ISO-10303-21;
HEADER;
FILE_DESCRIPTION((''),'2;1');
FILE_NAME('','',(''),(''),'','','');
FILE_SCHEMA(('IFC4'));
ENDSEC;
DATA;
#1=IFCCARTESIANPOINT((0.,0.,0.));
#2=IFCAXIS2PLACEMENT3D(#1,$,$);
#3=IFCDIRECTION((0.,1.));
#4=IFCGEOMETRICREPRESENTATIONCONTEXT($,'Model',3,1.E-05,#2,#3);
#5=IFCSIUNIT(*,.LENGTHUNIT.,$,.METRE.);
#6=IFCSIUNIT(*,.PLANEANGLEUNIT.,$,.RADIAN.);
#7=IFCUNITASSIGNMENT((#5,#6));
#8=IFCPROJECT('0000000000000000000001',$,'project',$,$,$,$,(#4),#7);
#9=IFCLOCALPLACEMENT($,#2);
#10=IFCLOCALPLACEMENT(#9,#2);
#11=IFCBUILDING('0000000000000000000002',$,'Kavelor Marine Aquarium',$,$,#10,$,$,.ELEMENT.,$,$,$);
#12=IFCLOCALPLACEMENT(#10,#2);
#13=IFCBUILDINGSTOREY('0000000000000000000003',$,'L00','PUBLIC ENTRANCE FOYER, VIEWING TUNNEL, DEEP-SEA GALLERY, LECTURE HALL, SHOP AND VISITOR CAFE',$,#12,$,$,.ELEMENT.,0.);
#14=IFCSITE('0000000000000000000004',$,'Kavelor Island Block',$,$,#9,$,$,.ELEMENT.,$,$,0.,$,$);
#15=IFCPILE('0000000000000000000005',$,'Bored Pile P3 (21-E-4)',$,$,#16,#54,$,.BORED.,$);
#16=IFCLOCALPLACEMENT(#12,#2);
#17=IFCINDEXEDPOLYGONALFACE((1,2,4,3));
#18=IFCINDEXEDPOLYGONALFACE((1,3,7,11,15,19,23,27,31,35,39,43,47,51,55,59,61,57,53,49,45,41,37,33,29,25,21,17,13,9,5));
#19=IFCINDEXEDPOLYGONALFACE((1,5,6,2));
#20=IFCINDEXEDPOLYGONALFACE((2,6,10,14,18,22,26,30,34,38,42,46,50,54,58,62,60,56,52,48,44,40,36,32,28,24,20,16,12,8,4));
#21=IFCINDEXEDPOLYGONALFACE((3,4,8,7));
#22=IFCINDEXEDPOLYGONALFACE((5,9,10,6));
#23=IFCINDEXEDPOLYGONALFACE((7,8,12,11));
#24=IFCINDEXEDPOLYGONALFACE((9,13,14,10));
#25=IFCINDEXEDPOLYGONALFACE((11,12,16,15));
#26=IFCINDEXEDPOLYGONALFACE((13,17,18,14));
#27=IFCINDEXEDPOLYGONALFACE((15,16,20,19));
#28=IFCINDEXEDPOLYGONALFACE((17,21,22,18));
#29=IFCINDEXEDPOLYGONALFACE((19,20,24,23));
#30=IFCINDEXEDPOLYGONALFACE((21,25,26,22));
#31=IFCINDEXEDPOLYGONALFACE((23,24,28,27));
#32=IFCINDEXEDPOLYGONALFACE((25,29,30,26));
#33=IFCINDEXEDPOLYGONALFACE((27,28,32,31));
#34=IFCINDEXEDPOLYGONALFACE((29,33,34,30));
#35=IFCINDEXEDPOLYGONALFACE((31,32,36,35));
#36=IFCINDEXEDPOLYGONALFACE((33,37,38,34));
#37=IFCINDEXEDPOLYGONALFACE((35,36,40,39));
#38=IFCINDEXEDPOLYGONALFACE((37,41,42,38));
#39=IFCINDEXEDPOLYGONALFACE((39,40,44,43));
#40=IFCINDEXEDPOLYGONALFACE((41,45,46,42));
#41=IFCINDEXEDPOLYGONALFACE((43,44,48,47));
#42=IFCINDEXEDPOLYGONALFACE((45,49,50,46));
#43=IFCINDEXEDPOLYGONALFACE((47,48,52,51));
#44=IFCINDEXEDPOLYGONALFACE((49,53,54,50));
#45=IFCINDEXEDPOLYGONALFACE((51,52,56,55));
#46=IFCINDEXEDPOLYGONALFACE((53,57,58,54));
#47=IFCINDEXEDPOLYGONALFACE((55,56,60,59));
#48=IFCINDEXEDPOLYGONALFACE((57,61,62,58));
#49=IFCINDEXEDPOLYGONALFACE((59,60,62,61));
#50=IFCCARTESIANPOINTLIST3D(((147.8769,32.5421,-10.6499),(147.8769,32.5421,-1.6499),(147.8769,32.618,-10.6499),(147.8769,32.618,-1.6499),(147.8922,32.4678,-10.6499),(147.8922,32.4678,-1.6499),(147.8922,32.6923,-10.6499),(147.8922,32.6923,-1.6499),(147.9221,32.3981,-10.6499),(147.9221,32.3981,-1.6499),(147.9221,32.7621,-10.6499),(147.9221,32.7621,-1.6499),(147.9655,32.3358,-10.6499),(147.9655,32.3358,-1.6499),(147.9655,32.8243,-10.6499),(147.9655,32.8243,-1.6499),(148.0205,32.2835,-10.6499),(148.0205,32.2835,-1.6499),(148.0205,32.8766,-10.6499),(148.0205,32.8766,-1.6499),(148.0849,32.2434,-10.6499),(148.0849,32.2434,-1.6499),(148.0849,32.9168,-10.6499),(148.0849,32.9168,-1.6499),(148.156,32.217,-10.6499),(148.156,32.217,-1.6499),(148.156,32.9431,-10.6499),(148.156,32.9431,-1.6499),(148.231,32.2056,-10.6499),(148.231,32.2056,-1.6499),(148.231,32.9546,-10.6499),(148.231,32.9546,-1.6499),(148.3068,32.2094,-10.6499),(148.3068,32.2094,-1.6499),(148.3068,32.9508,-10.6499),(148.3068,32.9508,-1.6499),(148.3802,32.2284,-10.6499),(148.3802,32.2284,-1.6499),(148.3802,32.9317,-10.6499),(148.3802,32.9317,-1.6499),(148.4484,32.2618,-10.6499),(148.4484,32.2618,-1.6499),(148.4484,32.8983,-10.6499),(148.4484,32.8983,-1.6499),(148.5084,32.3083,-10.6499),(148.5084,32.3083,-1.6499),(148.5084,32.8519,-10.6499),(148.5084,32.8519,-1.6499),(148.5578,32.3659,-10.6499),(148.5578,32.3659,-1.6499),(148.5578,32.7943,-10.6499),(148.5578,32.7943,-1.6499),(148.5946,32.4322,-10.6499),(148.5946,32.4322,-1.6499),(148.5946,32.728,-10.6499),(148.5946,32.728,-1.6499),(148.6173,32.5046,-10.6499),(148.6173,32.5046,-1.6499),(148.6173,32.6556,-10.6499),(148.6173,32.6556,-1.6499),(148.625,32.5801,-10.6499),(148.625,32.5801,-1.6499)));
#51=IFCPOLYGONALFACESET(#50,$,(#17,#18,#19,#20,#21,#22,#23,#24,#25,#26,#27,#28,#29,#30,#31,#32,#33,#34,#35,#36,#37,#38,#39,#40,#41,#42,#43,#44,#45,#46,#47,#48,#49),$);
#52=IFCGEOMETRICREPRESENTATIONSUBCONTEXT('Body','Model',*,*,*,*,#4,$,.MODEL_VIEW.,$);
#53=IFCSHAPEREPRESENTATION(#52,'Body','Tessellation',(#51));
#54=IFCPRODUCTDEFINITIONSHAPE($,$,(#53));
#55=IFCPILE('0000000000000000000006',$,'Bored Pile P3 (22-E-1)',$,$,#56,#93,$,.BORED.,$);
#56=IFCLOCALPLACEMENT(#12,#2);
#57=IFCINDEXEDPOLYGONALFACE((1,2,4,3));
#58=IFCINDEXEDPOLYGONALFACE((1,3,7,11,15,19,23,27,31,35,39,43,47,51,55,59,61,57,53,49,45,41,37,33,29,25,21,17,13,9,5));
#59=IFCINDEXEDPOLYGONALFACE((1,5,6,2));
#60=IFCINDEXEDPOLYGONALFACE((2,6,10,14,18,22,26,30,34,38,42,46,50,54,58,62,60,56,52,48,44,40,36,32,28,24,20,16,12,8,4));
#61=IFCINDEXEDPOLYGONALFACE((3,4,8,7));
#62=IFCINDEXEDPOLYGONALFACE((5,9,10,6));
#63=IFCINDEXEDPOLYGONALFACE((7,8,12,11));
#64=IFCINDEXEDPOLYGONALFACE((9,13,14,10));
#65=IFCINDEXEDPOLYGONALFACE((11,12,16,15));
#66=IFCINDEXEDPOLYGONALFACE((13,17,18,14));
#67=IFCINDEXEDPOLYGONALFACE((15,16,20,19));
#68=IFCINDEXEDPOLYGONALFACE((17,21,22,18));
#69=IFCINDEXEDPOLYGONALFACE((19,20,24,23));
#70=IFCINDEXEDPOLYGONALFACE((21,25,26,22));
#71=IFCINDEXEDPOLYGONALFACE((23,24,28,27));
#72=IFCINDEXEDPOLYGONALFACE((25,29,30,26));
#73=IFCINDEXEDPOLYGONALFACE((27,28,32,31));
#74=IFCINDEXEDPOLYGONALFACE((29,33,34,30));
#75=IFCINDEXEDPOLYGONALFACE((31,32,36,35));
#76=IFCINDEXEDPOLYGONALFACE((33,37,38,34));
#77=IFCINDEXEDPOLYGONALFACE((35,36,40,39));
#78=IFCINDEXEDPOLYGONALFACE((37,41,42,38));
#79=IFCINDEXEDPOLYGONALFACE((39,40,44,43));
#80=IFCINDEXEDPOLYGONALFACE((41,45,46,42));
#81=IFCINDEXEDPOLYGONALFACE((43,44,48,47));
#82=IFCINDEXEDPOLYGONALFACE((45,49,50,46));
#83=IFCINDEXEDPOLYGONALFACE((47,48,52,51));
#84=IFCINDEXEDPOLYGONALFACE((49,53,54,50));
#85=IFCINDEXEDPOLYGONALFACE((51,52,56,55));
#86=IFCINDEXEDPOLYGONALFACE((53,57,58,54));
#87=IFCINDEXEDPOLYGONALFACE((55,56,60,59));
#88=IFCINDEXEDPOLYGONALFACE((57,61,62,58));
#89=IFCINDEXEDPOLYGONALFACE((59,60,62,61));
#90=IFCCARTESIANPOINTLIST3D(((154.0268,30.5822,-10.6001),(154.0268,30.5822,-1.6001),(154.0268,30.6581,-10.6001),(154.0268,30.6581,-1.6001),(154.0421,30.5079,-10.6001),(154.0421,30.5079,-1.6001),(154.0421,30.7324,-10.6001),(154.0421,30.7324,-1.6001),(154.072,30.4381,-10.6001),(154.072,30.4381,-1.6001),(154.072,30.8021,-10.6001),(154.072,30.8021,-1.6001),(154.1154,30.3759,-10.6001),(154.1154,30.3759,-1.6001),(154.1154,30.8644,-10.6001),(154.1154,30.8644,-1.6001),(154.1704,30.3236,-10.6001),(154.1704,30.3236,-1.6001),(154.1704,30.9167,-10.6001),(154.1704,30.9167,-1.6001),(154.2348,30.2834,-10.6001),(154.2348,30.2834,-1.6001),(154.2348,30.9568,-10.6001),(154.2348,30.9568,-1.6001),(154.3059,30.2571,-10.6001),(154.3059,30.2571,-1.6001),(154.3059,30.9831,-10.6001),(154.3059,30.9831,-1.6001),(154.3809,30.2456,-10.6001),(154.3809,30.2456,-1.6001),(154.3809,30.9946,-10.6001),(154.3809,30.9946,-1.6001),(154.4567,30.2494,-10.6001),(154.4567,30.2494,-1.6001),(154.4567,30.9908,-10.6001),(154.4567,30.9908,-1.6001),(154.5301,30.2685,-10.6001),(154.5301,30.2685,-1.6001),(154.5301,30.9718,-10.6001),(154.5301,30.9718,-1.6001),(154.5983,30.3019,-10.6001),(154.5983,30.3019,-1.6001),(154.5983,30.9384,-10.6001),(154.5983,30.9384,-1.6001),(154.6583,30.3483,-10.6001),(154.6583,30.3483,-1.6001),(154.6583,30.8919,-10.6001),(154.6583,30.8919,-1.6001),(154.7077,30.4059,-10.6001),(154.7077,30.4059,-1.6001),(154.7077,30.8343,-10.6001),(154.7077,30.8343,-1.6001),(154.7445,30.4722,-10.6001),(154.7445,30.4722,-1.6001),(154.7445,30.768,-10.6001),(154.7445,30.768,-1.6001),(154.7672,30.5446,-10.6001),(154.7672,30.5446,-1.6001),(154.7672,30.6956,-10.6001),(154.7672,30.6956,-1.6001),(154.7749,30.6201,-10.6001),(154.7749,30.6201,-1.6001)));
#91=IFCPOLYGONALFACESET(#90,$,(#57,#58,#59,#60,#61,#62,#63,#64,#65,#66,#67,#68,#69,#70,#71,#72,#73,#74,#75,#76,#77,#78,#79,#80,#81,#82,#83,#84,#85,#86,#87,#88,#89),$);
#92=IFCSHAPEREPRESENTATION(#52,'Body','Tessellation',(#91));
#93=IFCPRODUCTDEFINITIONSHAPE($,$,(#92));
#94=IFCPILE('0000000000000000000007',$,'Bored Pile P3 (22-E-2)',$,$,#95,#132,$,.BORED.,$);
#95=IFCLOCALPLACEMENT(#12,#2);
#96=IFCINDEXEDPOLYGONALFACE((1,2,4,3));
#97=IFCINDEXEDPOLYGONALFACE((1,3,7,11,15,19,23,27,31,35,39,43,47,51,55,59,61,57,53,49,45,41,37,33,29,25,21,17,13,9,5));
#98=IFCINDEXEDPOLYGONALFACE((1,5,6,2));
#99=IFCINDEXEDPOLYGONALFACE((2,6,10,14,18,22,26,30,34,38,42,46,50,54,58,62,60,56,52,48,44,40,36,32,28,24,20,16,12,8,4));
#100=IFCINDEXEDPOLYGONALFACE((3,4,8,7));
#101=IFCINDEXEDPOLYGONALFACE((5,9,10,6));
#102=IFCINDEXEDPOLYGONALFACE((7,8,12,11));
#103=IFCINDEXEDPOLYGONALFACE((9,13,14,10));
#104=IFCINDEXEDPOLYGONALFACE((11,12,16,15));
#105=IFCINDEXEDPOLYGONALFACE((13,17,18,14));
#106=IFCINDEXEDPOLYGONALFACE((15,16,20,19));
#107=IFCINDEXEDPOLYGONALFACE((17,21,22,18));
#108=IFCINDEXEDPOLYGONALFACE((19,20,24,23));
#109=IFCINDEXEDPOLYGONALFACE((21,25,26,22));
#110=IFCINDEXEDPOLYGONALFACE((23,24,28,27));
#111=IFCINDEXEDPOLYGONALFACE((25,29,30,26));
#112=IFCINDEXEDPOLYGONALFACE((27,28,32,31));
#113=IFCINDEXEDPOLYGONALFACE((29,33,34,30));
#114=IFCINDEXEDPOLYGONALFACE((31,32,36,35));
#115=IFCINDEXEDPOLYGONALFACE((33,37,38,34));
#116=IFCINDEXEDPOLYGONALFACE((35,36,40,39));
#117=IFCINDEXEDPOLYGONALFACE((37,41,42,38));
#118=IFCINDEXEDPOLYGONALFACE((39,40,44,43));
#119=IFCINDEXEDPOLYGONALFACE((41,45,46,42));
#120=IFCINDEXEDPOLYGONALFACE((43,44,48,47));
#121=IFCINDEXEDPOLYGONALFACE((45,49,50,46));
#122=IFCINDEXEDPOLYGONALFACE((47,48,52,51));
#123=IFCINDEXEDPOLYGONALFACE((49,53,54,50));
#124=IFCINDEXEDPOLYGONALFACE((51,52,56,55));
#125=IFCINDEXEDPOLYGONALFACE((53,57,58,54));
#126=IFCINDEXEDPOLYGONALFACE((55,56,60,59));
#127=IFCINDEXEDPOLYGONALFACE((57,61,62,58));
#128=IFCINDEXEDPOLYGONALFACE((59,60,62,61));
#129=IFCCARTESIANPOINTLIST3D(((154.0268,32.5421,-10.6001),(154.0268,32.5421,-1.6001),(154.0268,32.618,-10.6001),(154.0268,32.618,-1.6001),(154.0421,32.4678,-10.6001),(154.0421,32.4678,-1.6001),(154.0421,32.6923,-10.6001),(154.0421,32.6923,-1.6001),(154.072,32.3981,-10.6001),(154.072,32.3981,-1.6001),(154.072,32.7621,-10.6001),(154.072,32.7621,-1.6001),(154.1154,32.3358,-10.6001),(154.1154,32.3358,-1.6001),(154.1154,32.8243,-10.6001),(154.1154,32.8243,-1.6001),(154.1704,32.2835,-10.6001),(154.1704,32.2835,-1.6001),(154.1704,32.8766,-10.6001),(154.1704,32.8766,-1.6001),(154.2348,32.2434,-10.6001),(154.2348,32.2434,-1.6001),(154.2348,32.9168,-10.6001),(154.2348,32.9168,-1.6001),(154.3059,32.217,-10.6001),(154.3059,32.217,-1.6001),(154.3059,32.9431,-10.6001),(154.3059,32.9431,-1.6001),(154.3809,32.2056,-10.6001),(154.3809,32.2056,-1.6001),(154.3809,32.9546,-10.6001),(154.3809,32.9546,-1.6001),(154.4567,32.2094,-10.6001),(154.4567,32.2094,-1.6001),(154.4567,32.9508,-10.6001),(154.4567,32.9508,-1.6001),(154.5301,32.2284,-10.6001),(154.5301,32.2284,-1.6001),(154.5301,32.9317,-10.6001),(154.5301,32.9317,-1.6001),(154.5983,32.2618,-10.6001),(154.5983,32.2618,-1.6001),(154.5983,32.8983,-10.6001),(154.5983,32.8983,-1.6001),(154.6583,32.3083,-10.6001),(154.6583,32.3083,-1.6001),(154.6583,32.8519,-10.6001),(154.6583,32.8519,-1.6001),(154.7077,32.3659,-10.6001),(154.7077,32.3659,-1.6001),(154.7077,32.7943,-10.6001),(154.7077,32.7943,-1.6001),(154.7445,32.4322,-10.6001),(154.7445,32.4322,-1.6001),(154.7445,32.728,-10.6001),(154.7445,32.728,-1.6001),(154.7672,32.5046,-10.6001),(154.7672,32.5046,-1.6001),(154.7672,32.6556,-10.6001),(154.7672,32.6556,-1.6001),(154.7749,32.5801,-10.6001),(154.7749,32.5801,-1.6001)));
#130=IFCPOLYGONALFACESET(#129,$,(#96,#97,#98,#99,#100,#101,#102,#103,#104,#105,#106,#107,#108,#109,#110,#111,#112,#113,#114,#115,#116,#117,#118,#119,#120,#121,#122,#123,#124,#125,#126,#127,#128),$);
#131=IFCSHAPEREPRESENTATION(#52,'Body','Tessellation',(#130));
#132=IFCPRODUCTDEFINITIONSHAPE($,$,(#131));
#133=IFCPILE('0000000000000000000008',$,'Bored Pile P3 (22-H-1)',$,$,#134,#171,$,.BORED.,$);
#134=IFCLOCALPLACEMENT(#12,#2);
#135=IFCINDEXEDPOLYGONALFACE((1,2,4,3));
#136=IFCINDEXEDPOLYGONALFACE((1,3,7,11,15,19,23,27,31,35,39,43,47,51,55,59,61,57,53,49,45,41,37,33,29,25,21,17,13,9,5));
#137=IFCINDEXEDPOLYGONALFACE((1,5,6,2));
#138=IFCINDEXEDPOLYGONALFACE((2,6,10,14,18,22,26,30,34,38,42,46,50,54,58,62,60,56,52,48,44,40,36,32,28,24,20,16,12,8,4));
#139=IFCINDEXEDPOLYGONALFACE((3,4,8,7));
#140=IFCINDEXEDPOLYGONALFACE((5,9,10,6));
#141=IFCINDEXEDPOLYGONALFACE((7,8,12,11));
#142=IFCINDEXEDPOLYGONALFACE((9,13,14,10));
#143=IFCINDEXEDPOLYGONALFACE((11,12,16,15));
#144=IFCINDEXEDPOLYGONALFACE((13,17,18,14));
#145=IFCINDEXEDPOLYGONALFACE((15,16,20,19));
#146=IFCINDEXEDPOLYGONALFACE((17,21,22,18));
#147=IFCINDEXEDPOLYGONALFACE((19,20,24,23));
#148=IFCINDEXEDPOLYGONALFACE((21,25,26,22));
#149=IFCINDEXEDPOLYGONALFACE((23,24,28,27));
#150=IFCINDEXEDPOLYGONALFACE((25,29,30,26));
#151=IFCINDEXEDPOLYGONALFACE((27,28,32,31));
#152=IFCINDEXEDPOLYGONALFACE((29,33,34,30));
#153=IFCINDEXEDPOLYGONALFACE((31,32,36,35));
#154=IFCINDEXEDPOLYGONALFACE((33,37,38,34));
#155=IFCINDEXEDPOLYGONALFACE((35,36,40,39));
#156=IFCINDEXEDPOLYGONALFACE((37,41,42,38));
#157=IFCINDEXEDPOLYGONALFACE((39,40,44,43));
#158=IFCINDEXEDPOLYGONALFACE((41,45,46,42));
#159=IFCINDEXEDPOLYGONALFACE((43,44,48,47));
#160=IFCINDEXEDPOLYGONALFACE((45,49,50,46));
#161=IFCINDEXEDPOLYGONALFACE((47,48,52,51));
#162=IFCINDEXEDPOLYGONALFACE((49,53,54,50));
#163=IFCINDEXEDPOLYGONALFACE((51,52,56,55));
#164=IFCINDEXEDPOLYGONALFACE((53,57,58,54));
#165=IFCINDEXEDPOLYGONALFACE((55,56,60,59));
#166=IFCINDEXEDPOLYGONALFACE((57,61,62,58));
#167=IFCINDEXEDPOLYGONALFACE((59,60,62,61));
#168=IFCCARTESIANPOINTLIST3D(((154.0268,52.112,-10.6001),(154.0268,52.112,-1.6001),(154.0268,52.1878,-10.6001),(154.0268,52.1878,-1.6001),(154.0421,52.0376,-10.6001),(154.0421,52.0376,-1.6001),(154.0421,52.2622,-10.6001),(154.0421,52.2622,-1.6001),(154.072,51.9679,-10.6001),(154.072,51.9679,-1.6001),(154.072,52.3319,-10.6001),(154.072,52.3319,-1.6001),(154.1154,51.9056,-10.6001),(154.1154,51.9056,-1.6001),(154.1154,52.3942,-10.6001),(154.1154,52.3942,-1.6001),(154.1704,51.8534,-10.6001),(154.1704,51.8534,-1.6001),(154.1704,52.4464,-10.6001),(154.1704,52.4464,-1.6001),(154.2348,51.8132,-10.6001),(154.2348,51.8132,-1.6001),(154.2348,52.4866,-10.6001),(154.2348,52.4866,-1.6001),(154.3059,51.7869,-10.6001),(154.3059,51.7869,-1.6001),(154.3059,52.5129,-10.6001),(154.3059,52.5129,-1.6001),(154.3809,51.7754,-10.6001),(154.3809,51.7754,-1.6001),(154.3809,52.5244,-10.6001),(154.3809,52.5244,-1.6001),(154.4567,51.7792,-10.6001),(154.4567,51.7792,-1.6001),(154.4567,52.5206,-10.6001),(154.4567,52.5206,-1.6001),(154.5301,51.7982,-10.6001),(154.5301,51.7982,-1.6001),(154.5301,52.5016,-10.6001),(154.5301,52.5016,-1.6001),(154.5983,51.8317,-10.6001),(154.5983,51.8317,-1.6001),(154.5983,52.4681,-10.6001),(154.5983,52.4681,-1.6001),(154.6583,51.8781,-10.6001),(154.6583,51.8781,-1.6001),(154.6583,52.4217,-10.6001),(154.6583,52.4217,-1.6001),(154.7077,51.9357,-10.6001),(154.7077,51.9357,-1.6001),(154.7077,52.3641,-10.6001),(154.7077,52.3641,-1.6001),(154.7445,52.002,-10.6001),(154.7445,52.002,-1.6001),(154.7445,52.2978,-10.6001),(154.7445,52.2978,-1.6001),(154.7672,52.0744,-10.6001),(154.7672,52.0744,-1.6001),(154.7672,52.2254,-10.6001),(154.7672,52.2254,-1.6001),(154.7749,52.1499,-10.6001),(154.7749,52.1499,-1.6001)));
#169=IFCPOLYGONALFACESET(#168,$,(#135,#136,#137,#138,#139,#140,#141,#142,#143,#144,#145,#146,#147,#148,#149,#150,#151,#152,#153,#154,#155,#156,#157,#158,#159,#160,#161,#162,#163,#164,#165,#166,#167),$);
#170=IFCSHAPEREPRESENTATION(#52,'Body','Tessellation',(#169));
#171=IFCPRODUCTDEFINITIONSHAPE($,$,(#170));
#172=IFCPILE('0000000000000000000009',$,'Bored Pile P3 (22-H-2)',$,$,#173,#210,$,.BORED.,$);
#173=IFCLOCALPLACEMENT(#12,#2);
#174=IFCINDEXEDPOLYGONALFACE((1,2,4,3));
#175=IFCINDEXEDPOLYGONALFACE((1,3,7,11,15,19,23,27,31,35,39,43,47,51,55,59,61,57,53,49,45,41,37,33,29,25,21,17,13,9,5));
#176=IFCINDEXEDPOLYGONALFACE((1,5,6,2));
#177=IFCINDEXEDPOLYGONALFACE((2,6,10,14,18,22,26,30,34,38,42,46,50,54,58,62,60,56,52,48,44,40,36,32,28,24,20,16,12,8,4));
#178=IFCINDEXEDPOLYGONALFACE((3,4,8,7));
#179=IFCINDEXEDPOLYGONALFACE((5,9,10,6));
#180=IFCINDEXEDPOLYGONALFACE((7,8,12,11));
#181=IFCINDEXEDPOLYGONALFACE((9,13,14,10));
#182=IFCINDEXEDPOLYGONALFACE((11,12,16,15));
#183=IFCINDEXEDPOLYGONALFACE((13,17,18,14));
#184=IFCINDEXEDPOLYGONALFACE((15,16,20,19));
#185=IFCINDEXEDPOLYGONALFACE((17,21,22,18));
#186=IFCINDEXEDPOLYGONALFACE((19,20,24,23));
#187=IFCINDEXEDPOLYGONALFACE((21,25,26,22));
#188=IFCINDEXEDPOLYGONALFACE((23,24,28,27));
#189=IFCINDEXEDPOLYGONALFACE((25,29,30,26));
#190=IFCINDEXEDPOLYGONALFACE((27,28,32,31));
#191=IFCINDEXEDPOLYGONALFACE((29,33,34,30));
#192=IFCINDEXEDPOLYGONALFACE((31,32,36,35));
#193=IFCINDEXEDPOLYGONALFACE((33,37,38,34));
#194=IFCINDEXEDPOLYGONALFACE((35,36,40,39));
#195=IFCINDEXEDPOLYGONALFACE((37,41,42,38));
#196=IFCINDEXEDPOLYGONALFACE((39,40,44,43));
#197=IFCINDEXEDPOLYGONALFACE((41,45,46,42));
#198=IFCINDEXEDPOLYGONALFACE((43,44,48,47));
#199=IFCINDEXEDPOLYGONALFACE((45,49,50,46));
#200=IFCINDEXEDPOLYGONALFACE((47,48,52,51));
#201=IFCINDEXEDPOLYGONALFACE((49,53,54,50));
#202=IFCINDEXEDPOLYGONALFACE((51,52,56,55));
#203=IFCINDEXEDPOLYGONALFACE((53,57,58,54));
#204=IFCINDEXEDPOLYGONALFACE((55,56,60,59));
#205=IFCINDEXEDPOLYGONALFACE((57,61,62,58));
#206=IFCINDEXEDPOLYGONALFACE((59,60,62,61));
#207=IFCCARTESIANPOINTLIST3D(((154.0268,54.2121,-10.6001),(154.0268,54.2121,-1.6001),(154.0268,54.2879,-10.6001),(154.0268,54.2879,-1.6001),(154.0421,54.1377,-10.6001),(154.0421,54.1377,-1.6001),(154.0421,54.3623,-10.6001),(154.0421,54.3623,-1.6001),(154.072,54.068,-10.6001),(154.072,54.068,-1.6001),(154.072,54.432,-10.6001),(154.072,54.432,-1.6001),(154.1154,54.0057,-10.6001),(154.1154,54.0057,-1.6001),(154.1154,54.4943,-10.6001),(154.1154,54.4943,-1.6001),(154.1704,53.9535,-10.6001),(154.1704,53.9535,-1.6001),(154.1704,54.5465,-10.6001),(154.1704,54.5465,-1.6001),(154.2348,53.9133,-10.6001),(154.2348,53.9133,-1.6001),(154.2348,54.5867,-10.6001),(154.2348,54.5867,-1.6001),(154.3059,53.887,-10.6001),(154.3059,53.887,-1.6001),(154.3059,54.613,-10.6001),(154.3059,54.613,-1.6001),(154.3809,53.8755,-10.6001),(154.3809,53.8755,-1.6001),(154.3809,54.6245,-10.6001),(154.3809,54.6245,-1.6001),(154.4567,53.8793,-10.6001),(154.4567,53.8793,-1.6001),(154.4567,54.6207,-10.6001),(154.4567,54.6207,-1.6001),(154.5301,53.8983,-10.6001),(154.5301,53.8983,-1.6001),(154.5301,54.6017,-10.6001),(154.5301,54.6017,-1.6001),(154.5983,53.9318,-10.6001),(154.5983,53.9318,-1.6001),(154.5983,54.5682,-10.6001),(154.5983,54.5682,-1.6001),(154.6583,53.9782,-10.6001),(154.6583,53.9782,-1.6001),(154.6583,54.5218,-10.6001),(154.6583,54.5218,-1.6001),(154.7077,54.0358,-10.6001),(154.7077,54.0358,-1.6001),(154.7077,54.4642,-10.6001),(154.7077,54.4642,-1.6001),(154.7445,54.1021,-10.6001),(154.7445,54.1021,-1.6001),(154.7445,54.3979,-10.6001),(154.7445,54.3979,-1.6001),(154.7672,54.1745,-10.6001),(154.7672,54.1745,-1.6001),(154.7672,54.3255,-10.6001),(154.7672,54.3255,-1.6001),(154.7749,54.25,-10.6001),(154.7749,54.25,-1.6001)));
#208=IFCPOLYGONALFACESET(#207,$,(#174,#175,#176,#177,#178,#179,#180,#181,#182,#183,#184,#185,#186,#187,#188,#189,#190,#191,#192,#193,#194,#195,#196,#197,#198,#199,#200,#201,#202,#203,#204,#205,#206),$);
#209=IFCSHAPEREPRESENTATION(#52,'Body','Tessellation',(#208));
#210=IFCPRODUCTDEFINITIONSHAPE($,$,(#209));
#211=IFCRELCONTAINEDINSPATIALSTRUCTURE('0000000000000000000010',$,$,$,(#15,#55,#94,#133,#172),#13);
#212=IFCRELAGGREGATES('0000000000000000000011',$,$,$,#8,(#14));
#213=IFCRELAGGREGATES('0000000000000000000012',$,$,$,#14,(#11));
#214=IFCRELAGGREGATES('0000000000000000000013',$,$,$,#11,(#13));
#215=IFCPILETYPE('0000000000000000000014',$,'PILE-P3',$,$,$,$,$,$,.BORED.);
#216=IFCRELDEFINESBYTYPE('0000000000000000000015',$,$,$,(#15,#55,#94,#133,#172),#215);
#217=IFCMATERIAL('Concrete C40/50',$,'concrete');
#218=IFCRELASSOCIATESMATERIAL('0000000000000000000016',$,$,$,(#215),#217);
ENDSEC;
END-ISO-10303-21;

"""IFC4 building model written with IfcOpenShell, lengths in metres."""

from ifc_helpers import new_model, si_unit, direction, frame, origin, origin_2d, place, context, subcontext, project, spatial, circle, extrude, material, material_profile, profile_set, type_object, element, save


model = new_model("IFC4")

# Units and contexts
model_context = context("Model", 3, precision=1e-05, world=origin(), true_north=direction((0.0, 1.0)))
body_context = subcontext(model_context, "Body", "Model", "MODEL_VIEW")
ifc_project = project(units=[si_unit("LENGTHUNIT", "METRE"), si_unit("PLANEANGLEUNIT", "RADIAN")], contexts=[model_context])

# Site, building, storey
site_placement = place(None, origin())
site = spatial("IfcSite", under=ifc_project, at=site_placement, Name="Kavelor Island Block", CompositionType="ELEMENT", RefElevation=0.0)
building_placement = place(site_placement, origin())
building = spatial("IfcBuilding", under=site, at=building_placement, Name="Kavelor Marine Aquarium", CompositionType="ELEMENT")
storey_placement = place(building_placement, origin())
storey = spatial("IfcBuildingStorey", under=building, at=storey_placement, Name="L00", Description="PUBLIC ENTRANCE FOYER, VIEWING TUNNEL, DEEP-SEA GALLERY, LECTURE HALL, SHOP AND VISITOR CAFE", CompositionType="ELEMENT", Elevation=0.0)

# Piles
ifc_material_1 = material(Name="Concrete C40/50", Category="concrete")
ifc_material_profile_1 = material_profile(ifc_material_1, circle(Radius=0.375, at=origin_2d()), Name="PILE D750")
ifc_profile_set_1 = profile_set([ifc_material_profile_1], Name="Concrete C40/50")
pile_type_1 = type_object("IfcPileType", Name="PILE-P3", PredefinedType="BORED", material=ifc_profile_set_1)
for number, where, z_axis, x_axis, name in (
    (1, (148.25, 32.5801, -1.6499), (0.0, 0.0, -1.0), (1.0, 0.0, 0.0), "Bored Pile P3 (21-E-4)"),
    (2, (154.3999, 30.6201, -1.6001), (0.0, 0.0, -1.0), (1.0, 0.0, 0.0), "Bored Pile P3 (22-E-1)"),
    (3, (154.3999, 32.5801, -1.6001), (0.0, 0.0, -1.0), (1.0, 0.0, 0.0), "Bored Pile P3 (22-E-2)"),
    (4, (154.3999, 52.1499, -1.6001), (0.0, 0.0, -1.0), (1.0, 0.0, 0.0), "Bored Pile P3 (22-H-1)"),
    (5, (154.3999, 54.25, -1.6001), (0.0, 0.0, -1.0), (1.0, 0.0, 0.0), "Bored Pile P3 (22-H-2)"),
):
    element("IfcPile", number, at=place(storey_placement, frame(where, z_axis=z_axis, x_axis=x_axis)), inside=storey, type_object=pile_type_1, Name=name, PredefinedType="BORED", context=body_context, shape_type="SweptSolid", body=[
        extrude(circle(Radius=0.375, at=origin_2d()), origin(), (0.0, 0.0, 1.0), 9.0),
    ])

save(model, "model.ifc")
